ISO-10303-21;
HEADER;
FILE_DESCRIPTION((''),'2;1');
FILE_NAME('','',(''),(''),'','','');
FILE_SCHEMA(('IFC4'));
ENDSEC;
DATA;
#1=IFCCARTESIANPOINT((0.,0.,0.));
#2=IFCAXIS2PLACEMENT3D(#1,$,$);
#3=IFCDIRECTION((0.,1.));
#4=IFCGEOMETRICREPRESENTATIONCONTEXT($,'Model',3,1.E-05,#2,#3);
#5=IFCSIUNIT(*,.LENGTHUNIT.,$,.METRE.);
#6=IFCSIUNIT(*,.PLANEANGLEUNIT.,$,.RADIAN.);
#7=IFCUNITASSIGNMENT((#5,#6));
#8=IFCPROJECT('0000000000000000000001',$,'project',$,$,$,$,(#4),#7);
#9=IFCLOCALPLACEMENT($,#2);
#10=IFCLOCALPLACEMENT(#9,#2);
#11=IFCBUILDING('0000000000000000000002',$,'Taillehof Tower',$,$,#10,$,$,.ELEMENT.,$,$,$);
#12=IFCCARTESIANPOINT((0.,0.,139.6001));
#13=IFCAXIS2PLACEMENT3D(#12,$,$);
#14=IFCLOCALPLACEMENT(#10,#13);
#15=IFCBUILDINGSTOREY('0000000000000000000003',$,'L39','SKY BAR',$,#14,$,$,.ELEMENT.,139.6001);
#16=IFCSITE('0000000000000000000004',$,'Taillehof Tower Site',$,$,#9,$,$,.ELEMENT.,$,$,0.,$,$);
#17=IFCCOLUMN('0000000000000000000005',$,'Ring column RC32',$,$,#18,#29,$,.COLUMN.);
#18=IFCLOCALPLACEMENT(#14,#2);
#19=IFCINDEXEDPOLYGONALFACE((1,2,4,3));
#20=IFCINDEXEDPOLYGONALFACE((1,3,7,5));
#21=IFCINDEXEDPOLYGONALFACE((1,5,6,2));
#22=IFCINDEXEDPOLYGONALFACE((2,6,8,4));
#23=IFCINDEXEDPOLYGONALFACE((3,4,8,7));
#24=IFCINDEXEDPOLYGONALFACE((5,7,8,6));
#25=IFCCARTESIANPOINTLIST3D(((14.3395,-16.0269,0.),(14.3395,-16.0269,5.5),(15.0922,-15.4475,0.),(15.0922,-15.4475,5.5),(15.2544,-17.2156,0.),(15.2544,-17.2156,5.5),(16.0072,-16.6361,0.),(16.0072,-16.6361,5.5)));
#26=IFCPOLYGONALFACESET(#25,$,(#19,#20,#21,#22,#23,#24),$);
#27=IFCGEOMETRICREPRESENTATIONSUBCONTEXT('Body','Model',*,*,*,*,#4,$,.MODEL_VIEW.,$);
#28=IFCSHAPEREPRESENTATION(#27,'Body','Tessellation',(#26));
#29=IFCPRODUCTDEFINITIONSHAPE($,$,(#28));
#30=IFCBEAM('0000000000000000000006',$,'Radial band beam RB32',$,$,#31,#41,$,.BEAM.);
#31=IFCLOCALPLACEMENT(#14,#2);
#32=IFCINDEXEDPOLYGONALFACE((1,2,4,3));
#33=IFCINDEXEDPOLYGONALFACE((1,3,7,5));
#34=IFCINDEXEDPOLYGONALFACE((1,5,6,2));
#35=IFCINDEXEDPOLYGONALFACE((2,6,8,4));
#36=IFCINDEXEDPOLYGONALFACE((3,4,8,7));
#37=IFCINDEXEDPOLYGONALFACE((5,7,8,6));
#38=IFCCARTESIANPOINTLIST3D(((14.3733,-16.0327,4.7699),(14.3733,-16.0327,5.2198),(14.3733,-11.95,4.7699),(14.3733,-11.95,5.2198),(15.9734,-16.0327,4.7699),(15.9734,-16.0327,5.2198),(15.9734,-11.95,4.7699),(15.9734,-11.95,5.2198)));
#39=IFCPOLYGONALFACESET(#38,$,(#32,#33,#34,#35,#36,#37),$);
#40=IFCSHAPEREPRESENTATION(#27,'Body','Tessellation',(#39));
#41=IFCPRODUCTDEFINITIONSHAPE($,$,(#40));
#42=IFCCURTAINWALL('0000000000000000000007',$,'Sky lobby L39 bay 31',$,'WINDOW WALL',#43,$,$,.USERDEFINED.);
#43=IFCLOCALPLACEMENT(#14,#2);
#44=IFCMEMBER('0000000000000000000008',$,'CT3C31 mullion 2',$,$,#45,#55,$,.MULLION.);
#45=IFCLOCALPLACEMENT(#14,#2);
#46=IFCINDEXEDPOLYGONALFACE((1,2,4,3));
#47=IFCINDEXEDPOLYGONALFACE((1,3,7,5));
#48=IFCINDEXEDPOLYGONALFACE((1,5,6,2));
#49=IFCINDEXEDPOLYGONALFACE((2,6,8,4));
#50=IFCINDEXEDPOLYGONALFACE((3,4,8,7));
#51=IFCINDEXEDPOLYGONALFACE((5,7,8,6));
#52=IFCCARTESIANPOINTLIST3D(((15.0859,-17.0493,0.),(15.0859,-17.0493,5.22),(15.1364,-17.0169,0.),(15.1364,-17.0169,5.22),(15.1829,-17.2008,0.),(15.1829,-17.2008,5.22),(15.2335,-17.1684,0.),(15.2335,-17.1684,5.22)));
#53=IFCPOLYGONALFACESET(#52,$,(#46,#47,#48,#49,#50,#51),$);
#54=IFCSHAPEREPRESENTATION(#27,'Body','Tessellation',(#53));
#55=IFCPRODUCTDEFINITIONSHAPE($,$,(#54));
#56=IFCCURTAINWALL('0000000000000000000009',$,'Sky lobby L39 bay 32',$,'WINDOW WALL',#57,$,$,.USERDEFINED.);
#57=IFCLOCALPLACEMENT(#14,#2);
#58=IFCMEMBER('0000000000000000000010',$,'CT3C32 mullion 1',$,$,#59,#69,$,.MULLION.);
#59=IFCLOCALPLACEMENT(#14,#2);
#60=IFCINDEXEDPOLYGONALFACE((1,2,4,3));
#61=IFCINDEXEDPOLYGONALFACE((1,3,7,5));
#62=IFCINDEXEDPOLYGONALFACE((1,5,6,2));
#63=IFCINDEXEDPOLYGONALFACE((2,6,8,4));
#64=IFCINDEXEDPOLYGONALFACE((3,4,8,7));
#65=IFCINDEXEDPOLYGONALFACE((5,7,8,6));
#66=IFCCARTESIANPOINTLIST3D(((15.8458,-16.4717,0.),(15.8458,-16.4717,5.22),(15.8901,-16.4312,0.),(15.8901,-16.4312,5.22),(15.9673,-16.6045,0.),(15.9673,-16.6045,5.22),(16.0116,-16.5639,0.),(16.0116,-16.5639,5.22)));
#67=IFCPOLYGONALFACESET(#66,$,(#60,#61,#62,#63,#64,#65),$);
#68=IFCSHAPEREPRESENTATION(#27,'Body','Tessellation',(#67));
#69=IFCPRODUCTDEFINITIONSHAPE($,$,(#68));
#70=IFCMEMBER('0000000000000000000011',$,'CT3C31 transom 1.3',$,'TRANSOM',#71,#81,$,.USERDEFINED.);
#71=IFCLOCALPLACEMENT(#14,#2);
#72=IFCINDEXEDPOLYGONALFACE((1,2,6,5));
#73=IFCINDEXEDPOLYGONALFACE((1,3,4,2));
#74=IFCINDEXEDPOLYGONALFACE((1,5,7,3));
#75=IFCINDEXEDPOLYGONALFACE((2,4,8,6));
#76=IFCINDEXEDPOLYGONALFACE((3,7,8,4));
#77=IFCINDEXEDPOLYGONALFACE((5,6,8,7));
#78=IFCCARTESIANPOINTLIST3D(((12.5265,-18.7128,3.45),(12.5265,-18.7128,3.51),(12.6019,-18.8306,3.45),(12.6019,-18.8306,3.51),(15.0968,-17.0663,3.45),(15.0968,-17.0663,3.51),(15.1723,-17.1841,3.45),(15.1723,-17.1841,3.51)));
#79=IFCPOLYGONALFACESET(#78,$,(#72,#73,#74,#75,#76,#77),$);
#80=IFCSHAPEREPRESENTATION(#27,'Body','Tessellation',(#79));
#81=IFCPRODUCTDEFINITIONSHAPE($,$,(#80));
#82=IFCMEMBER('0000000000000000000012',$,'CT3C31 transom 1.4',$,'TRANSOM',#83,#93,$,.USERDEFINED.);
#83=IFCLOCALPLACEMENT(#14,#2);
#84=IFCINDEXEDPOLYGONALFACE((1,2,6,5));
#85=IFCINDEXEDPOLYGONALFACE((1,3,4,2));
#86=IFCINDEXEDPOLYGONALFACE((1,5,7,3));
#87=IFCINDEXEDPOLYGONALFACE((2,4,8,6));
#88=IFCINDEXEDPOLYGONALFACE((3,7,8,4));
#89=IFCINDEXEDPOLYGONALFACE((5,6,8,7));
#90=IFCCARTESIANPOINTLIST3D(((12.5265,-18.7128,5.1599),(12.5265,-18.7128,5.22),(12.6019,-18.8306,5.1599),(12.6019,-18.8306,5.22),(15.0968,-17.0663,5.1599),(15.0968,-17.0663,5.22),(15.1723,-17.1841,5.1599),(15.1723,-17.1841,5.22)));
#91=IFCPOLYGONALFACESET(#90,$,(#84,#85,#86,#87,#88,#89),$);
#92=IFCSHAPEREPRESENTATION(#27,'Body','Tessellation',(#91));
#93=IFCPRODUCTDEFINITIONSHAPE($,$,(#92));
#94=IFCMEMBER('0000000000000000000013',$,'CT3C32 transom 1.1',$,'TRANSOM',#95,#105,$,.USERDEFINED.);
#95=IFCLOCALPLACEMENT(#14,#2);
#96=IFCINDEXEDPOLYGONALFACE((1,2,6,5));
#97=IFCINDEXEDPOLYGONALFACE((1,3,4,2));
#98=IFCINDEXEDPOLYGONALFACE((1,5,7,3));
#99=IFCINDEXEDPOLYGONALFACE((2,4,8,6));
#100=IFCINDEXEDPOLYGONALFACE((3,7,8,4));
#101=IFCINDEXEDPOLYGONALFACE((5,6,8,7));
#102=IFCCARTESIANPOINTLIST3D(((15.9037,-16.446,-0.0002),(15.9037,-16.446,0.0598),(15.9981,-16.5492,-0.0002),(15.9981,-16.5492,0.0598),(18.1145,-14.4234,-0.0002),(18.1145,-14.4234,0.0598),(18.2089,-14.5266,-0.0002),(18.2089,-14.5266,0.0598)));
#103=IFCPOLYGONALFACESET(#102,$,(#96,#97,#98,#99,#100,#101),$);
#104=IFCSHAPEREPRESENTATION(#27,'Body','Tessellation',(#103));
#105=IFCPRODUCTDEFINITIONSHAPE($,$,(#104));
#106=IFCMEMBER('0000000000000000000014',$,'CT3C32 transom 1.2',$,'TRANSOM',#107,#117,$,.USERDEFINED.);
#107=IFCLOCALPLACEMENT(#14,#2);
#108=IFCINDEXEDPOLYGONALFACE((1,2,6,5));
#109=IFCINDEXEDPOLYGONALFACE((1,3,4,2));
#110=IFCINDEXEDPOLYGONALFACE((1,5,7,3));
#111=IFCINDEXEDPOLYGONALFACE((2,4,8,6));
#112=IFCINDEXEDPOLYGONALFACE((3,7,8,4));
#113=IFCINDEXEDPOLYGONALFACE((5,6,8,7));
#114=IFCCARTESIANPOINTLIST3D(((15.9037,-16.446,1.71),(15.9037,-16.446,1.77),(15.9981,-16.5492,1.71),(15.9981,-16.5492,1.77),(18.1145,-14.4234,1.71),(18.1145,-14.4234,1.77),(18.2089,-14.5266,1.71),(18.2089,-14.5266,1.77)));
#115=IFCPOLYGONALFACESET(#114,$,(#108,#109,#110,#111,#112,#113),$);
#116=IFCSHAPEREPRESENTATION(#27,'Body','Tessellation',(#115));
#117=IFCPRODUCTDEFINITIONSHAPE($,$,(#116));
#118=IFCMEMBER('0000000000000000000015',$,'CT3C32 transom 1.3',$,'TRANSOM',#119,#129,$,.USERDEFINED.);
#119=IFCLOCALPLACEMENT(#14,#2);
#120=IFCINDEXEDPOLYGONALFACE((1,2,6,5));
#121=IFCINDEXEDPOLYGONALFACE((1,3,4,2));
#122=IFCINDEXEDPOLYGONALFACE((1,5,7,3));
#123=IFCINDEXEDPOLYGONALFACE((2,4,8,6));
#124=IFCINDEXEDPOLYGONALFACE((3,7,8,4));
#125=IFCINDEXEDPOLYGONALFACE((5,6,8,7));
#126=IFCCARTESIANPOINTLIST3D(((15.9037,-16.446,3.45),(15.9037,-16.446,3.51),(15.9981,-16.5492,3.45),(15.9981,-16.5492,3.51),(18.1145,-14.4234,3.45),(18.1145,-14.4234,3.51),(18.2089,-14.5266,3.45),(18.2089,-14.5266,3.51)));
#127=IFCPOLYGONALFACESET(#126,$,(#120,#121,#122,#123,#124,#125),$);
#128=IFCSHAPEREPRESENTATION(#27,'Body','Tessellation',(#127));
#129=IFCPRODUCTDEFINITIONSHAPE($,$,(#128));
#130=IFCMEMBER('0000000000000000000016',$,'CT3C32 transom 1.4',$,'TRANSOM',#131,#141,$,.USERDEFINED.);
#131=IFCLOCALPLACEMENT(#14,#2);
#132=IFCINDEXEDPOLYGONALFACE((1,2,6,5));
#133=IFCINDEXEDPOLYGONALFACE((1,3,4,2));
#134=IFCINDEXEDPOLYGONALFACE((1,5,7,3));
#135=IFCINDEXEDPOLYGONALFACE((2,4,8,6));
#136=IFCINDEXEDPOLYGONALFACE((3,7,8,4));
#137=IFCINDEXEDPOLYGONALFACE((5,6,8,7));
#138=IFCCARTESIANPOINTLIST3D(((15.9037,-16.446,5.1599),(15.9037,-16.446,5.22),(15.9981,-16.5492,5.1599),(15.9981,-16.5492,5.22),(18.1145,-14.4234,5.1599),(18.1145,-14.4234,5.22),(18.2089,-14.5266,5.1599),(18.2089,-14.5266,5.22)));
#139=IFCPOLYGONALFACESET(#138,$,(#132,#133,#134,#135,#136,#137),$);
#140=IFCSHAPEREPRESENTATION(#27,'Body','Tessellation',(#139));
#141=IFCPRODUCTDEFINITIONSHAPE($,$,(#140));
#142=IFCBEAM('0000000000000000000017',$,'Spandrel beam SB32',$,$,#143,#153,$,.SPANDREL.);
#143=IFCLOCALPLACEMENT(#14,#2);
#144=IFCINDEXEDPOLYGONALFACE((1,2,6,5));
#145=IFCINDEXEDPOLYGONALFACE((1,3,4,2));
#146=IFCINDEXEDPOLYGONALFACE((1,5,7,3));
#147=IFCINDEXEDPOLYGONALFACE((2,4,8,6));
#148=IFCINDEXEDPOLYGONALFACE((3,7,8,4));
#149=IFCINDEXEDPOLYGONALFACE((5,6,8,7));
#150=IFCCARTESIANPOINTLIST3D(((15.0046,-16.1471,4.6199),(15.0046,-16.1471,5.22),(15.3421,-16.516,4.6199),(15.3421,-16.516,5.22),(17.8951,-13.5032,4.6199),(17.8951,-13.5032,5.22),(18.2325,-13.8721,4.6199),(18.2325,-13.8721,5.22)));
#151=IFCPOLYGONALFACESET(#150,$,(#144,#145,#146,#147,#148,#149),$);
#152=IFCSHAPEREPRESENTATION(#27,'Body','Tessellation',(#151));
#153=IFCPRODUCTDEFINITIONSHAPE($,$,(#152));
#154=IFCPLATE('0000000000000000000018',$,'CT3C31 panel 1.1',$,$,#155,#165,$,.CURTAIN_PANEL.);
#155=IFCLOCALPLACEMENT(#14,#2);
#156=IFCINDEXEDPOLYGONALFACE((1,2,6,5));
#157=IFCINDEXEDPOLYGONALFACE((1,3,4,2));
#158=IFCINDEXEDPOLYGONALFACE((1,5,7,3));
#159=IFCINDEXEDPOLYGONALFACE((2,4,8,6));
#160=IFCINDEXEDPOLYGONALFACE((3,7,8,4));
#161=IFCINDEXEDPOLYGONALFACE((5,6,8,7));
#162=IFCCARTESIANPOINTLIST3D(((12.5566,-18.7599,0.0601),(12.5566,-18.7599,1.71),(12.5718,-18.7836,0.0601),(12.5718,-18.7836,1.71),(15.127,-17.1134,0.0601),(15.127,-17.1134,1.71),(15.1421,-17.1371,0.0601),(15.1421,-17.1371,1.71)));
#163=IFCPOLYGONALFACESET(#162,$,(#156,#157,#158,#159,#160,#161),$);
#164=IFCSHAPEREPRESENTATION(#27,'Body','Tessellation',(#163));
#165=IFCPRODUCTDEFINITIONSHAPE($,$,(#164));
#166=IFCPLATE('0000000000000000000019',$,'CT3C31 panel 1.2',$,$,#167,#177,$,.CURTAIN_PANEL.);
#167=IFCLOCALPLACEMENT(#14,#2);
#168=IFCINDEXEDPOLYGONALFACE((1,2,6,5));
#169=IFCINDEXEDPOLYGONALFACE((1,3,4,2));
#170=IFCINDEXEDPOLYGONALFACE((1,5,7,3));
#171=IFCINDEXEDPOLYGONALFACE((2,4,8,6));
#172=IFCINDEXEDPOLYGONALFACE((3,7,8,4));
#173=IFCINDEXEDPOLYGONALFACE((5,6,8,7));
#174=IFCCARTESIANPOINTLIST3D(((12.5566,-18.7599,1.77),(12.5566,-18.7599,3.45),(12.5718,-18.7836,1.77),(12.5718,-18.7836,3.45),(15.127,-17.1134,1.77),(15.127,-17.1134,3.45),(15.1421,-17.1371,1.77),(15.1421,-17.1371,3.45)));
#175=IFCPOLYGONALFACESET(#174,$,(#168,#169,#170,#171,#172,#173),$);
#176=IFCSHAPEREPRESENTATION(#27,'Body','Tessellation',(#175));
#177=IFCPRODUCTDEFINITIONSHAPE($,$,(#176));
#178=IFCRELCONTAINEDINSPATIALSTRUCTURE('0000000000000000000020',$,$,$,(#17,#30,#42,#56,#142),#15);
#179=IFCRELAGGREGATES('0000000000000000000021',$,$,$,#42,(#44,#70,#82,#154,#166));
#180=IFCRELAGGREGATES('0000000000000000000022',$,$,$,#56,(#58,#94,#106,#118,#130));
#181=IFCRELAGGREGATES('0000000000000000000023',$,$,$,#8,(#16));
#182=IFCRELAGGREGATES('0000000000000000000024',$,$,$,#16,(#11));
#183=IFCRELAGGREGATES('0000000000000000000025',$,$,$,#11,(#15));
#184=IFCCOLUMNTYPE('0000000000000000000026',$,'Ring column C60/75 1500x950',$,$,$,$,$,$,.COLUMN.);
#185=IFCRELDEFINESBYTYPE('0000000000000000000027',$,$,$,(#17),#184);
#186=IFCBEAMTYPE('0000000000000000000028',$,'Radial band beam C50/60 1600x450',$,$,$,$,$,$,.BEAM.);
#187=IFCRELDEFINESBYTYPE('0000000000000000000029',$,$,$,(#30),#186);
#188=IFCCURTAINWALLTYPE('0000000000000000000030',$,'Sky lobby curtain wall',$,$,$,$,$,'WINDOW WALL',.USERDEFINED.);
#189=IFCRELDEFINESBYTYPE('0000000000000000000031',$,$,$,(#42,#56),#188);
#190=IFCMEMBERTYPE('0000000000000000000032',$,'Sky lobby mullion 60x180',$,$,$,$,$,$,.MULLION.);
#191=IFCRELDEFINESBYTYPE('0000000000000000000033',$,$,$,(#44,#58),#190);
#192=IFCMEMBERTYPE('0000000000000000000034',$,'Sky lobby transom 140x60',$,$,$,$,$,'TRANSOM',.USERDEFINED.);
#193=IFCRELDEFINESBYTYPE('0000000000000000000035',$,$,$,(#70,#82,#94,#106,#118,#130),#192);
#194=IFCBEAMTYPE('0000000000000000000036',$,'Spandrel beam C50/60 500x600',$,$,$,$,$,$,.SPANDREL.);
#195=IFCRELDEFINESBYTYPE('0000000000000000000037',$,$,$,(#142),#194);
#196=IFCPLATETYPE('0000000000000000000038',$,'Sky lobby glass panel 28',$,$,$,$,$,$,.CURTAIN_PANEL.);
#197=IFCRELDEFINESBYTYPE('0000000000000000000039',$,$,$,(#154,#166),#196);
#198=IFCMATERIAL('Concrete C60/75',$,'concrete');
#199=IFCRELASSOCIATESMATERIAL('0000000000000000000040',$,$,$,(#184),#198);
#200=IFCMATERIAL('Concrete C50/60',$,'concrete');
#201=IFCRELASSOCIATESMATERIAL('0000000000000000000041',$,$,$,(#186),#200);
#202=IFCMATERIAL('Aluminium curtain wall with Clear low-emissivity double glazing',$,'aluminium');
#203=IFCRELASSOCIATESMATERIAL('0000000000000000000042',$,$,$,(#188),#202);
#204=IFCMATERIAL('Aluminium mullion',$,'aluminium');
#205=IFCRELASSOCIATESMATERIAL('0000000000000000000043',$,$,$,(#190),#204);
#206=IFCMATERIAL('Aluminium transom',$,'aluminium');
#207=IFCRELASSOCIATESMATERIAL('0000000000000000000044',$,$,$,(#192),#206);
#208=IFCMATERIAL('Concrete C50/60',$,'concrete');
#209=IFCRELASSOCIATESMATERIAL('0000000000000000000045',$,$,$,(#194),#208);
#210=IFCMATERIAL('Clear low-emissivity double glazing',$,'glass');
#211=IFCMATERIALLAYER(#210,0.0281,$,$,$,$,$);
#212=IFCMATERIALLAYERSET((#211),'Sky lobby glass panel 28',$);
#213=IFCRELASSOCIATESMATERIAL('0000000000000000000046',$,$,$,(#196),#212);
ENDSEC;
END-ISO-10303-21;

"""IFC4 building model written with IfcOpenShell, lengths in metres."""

from ifc_helpers import new_model, si_unit, direction, frame, origin, origin_2d, place, context, subcontext, project, spatial, rectangle, extrude, material, layer, layer_set, material_profile, profile_set, type_object, element, aggregate, save


model = new_model("IFC4")

# Units and contexts
model_context = context("Model", 3, precision=1e-05, world=origin(), true_north=direction((0.0, 1.0)))
body_context = subcontext(model_context, "Body", "Model", "MODEL_VIEW")
ifc_project = project(units=[si_unit("LENGTHUNIT", "METRE"), si_unit("PLANEANGLEUNIT", "RADIAN")], contexts=[model_context])

# Site, building, storey
site_placement = place(None, origin())
site = spatial("IfcSite", under=ifc_project, at=site_placement, Name="Taillehof Tower Site", CompositionType="ELEMENT", RefElevation=0.0)
building_placement = place(site_placement, origin())
building = spatial("IfcBuilding", under=site, at=building_placement, Name="Taillehof Tower", CompositionType="ELEMENT")
storey_placement = place(building_placement, frame((0.0, 0.0, 139.6001)))
storey = spatial("IfcBuildingStorey", under=building, at=storey_placement, Name="L39", Description="SKY BAR", CompositionType="ELEMENT", Elevation=139.6001)

# Column
ifc_material_1 = material(Name="Concrete C60/75", Category="concrete")
ifc_material_profile_1 = material_profile(ifc_material_1, rectangle(XDim=1.5, YDim=0.95, at=origin_2d()), Name="RC 1500x950")
ifc_profile_set_1 = profile_set([ifc_material_profile_1], Name="Concrete C60/75")
column_type = type_object("IfcColumnType", Name="Ring column C60/75 1500x950", PredefinedType="COLUMN", material=ifc_profile_set_1)
column_placement = place(storey_placement, frame((15.1733, -16.3315, 0.0), z_axis=(0.0, 0.0, 1.0), x_axis=(0.609971, -0.792424, 0.0)))
element("IfcColumn", 1, at=column_placement, inside=storey, type_object=column_type, Name="Ring column RC32", PredefinedType="COLUMN", context=body_context, shape_type="SweptSolid", body=[
    extrude(rectangle(XDim=1.5, YDim=0.95, at=origin_2d()), origin(), (0.0, 0.0, 1.0), 5.5),
])

# Beam
ifc_material_2 = material(Name="Concrete C50/60", Category="concrete")
ifc_material_profile_2 = material_profile(ifc_material_2, rectangle(XDim=1.6001, YDim=0.45, at=origin_2d()), Name="RC 1600x450")
ifc_profile_set_2 = profile_set([ifc_material_profile_2], Name="Concrete C50/60")
beam_type_1 = type_object("IfcBeamType", Name="Radial band beam C50/60 1600x450", PredefinedType="BEAM", material=ifc_profile_set_2)
beam_1_placement = place(storey_placement, frame((15.1733, -16.0327, 4.9949), z_axis=(0.0, 1.0, 0.0), x_axis=(-1.0, 0.0, 0.0)))
element("IfcBeam", 2, at=beam_1_placement, inside=storey, type_object=beam_type_1, Name="Radial band beam RB32", PredefinedType="BEAM", context=body_context, shape_type="SweptSolid", body=[
    extrude(rectangle(XDim=1.6001, YDim=0.45, at=origin_2d()), origin(), (0.0, 0.0, 1.0), 4.0828),
])

# Curtain walls, members
ifc_material_3 = material(Name="Aluminium curtain wall with Clear low-emissivity double glazing", Category="aluminium")
curtain_wall_type = type_object("IfcCurtainWallType", Name="Sky lobby curtain wall", ElementType="WINDOW WALL", PredefinedType="USERDEFINED", material=ifc_material_3)
curtain_wall_1_placement = place(storey_placement, origin())
curtain_wall_1 = element("IfcCurtainWall", 3, at=curtain_wall_1_placement, inside=storey, type_object=curtain_wall_type, Name="Sky lobby L39 bay 31", ObjectType="WINDOW WALL", PredefinedType="USERDEFINED")
ifc_material_4 = material(Name="Aluminium mullion", Category="aluminium")
ifc_material_profile_3 = material_profile(ifc_material_4, rectangle(XDim=0.1799, YDim=0.0601, at=origin_2d()), Name="AL 60x180")
ifc_profile_set_3 = profile_set([ifc_material_profile_3], Name="Aluminium mullion")
member_type_1 = type_object("IfcMemberType", Name="Sky lobby mullion 60x180", PredefinedType="MULLION", material=ifc_profile_set_3)
member_1_placement = place(storey_placement, frame((15.1597, -17.1089, 0.0), z_axis=(0.0, 0.0, 1.0), x_axis=(-0.539394, 0.842053, 0.0)))
member_1 = element("IfcMember", 4, at=member_1_placement, type_object=member_type_1, Name="CT3C31 mullion 2", PredefinedType="MULLION", context=body_context, shape_type="SweptSolid", body=[
    extrude(rectangle(XDim=0.1799, YDim=0.0601, at=origin_2d()), origin(), (0.0, 0.0, 1.0), 5.22),
])
curtain_wall_2_placement = place(storey_placement, origin())
curtain_wall_2 = element("IfcCurtainWall", 5, at=curtain_wall_2_placement, inside=storey, type_object=curtain_wall_type, Name="Sky lobby L39 bay 32", ObjectType="WINDOW WALL", PredefinedType="USERDEFINED")
member_2_placement = place(storey_placement, frame((15.9287, -16.5178, 0.0), z_axis=(0.0, 0.0, 1.0), x_axis=(-0.67499, 0.737827, 0.0)))
member_2 = element("IfcMember", 6, at=member_2_placement, type_object=member_type_1, Name="CT3C32 mullion 1", PredefinedType="MULLION", context=body_context, shape_type="SweptSolid", body=[
    extrude(rectangle(XDim=0.1799, YDim=0.0601, at=origin_2d()), origin(), (0.0, 0.0, 1.0), 5.22),
])

# Members
ifc_material_5 = material(Name="Aluminium transom", Category="aluminium")
ifc_material_profile_4 = material_profile(ifc_material_5, rectangle(XDim=0.1399, YDim=0.0601, at=origin_2d()), Name="AL 140x60")
ifc_profile_set_4 = profile_set([ifc_material_profile_4], Name="Aluminium transom")
member_type_2 = type_object("IfcMemberType", Name="Sky lobby transom 140x60", ElementType="TRANSOM", PredefinedType="USERDEFINED", material=ifc_profile_set_4)
member_3_placement = place(storey_placement, frame((12.5642, -18.7717, 3.48), z_axis=(0.842051, 0.539399, 0.0), x_axis=(-0.539399, 0.842051, 0.0)))
member_3 = element("IfcMember", 7, at=member_3_placement, type_object=member_type_2, Name="CT3C31 transom 1.3", ObjectType="TRANSOM", PredefinedType="USERDEFINED", context=body_context, shape_type="SweptSolid", body=[
    extrude(rectangle(XDim=0.1399, YDim=0.0601, at=origin_2d()), origin(), (0.0, 0.0, 1.0), 3.0525),
])
member_4_placement = place(storey_placement, frame((12.5642, -18.7717, 5.1899), z_axis=(0.842051, 0.539399, 0.0), x_axis=(-0.539399, 0.842051, 0.0)))
member_4 = element("IfcMember", 8, at=member_4_placement, type_object=member_type_2, Name="CT3C31 transom 1.4", ObjectType="TRANSOM", PredefinedType="USERDEFINED", context=body_context, shape_type="SweptSolid", body=[
    extrude(rectangle(XDim=0.1399, YDim=0.0601, at=origin_2d()), origin(), (0.0, 0.0, 1.0), 3.0525),
])
member_5_placement = place(storey_placement, frame((15.9509, -16.4976, 0.0298), z_axis=(0.73782, 0.674997, 0.0), x_axis=(-0.674997, 0.73782, 0.0)))
member_5 = element("IfcMember", 9, at=member_5_placement, type_object=member_type_2, Name="CT3C32 transom 1.1", ObjectType="TRANSOM", PredefinedType="USERDEFINED", context=body_context, shape_type="SweptSolid", body=[
    extrude(rectangle(XDim=0.1399, YDim=0.0601, at=origin_2d()), origin(), (0.0, 0.0, 1.0), 2.9963),
])
member_6_placement = place(storey_placement, frame((15.9509, -16.4976, 1.74), z_axis=(0.73782, 0.674997, 0.0), x_axis=(-0.674997, 0.73782, 0.0)))
member_6 = element("IfcMember", 10, at=member_6_placement, type_object=member_type_2, Name="CT3C32 transom 1.2", ObjectType="TRANSOM", PredefinedType="USERDEFINED", context=body_context, shape_type="SweptSolid", body=[
    extrude(rectangle(XDim=0.1399, YDim=0.0601, at=origin_2d()), origin(), (0.0, 0.0, 1.0), 2.9963),
])
member_7_placement = place(storey_placement, frame((15.9509, -16.4976, 3.48), z_axis=(0.73782, 0.674997, 0.0), x_axis=(-0.674997, 0.73782, 0.0)))
member_7 = element("IfcMember", 11, at=member_7_placement, type_object=member_type_2, Name="CT3C32 transom 1.3", ObjectType="TRANSOM", PredefinedType="USERDEFINED", context=body_context, shape_type="SweptSolid", body=[
    extrude(rectangle(XDim=0.1399, YDim=0.0601, at=origin_2d()), origin(), (0.0, 0.0, 1.0), 2.9963),
])
member_8_placement = place(storey_placement, frame((15.9509, -16.4976, 5.1899), z_axis=(0.73782, 0.674997, 0.0), x_axis=(-0.674997, 0.73782, 0.0)))
member_8 = element("IfcMember", 12, at=member_8_placement, type_object=member_type_2, Name="CT3C32 transom 1.4", ObjectType="TRANSOM", PredefinedType="USERDEFINED", context=body_context, shape_type="SweptSolid", body=[
    extrude(rectangle(XDim=0.1399, YDim=0.0601, at=origin_2d()), origin(), (0.0, 0.0, 1.0), 2.9963),
])

# Beam
ifc_material_6 = material(Name="Concrete C50/60", Category="concrete")
ifc_material_profile_5 = material_profile(ifc_material_6, rectangle(XDim=0.5, YDim=0.6001, at=origin_2d()), Name="RC 500x600")
ifc_profile_set_5 = profile_set([ifc_material_profile_5], Name="Concrete C50/60")
beam_type_2 = type_object("IfcBeamType", Name="Spandrel beam C50/60 500x600", PredefinedType="SPANDREL", material=ifc_profile_set_5)
beam_2_placement = place(storey_placement, frame((15.1733, -16.3315, 4.9199), z_axis=(0.737881, 0.674931, 0.0), x_axis=(-0.674931, 0.737881, 0.0)))
element("IfcBeam", 13, at=beam_2_placement, inside=storey, type_object=beam_type_2, Name="Spandrel beam SB32", PredefinedType="SPANDREL", context=body_context, shape_type="SweptSolid", body=[
    extrude(rectangle(XDim=0.5, YDim=0.6001, at=origin_2d()), origin(), (0.0, 0.0, 1.0), 3.9172),
])

# Plates
ifc_material_7 = material(Name="Clear low-emissivity double glazing", Category="glass")
ifc_layer_1 = layer(ifc_material_7, 0.0281)
ifc_layer_set_1 = layer_set([ifc_layer_1], Name="Sky lobby glass panel 28")
plate_type = type_object("IfcPlateType", Name="Sky lobby glass panel 28", PredefinedType="CURTAIN_PANEL", material=ifc_layer_set_1)
plate_1_placement = place(storey_placement, frame((13.8494, -17.9485, 0.0601), z_axis=(0.0, 0.0, 1.0), x_axis=(0.842053, 0.539394, 0.0)))
plate_1 = element("IfcPlate", 14, at=plate_1_placement, type_object=plate_type, Name="CT3C31 panel 1.1", PredefinedType="CURTAIN_PANEL", context=body_context, shape_type="SweptSolid", body=[
    extrude(rectangle(XDim=3.0525, YDim=0.0281, at=origin_2d()), origin(), (0.0, 0.0, 1.0), 1.6499),
])
plate_2_placement = place(storey_placement, frame((13.8494, -17.9485, 1.77), z_axis=(0.0, 0.0, 1.0), x_axis=(0.842053, 0.539394, 0.0)))
plate_2 = element("IfcPlate", 15, at=plate_2_placement, type_object=plate_type, Name="CT3C31 panel 1.2", PredefinedType="CURTAIN_PANEL", context=body_context, shape_type="SweptSolid", body=[
    extrude(rectangle(XDim=3.0525, YDim=0.0281, at=origin_2d()), origin(), (0.0, 0.0, 1.0), 1.6799),
])
aggregate(curtain_wall_1, [member_1, member_3, member_4, plate_1, plate_2])
aggregate(curtain_wall_2, [member_2, member_5, member_6, member_7, member_8])

save(model, "model.ifc")
